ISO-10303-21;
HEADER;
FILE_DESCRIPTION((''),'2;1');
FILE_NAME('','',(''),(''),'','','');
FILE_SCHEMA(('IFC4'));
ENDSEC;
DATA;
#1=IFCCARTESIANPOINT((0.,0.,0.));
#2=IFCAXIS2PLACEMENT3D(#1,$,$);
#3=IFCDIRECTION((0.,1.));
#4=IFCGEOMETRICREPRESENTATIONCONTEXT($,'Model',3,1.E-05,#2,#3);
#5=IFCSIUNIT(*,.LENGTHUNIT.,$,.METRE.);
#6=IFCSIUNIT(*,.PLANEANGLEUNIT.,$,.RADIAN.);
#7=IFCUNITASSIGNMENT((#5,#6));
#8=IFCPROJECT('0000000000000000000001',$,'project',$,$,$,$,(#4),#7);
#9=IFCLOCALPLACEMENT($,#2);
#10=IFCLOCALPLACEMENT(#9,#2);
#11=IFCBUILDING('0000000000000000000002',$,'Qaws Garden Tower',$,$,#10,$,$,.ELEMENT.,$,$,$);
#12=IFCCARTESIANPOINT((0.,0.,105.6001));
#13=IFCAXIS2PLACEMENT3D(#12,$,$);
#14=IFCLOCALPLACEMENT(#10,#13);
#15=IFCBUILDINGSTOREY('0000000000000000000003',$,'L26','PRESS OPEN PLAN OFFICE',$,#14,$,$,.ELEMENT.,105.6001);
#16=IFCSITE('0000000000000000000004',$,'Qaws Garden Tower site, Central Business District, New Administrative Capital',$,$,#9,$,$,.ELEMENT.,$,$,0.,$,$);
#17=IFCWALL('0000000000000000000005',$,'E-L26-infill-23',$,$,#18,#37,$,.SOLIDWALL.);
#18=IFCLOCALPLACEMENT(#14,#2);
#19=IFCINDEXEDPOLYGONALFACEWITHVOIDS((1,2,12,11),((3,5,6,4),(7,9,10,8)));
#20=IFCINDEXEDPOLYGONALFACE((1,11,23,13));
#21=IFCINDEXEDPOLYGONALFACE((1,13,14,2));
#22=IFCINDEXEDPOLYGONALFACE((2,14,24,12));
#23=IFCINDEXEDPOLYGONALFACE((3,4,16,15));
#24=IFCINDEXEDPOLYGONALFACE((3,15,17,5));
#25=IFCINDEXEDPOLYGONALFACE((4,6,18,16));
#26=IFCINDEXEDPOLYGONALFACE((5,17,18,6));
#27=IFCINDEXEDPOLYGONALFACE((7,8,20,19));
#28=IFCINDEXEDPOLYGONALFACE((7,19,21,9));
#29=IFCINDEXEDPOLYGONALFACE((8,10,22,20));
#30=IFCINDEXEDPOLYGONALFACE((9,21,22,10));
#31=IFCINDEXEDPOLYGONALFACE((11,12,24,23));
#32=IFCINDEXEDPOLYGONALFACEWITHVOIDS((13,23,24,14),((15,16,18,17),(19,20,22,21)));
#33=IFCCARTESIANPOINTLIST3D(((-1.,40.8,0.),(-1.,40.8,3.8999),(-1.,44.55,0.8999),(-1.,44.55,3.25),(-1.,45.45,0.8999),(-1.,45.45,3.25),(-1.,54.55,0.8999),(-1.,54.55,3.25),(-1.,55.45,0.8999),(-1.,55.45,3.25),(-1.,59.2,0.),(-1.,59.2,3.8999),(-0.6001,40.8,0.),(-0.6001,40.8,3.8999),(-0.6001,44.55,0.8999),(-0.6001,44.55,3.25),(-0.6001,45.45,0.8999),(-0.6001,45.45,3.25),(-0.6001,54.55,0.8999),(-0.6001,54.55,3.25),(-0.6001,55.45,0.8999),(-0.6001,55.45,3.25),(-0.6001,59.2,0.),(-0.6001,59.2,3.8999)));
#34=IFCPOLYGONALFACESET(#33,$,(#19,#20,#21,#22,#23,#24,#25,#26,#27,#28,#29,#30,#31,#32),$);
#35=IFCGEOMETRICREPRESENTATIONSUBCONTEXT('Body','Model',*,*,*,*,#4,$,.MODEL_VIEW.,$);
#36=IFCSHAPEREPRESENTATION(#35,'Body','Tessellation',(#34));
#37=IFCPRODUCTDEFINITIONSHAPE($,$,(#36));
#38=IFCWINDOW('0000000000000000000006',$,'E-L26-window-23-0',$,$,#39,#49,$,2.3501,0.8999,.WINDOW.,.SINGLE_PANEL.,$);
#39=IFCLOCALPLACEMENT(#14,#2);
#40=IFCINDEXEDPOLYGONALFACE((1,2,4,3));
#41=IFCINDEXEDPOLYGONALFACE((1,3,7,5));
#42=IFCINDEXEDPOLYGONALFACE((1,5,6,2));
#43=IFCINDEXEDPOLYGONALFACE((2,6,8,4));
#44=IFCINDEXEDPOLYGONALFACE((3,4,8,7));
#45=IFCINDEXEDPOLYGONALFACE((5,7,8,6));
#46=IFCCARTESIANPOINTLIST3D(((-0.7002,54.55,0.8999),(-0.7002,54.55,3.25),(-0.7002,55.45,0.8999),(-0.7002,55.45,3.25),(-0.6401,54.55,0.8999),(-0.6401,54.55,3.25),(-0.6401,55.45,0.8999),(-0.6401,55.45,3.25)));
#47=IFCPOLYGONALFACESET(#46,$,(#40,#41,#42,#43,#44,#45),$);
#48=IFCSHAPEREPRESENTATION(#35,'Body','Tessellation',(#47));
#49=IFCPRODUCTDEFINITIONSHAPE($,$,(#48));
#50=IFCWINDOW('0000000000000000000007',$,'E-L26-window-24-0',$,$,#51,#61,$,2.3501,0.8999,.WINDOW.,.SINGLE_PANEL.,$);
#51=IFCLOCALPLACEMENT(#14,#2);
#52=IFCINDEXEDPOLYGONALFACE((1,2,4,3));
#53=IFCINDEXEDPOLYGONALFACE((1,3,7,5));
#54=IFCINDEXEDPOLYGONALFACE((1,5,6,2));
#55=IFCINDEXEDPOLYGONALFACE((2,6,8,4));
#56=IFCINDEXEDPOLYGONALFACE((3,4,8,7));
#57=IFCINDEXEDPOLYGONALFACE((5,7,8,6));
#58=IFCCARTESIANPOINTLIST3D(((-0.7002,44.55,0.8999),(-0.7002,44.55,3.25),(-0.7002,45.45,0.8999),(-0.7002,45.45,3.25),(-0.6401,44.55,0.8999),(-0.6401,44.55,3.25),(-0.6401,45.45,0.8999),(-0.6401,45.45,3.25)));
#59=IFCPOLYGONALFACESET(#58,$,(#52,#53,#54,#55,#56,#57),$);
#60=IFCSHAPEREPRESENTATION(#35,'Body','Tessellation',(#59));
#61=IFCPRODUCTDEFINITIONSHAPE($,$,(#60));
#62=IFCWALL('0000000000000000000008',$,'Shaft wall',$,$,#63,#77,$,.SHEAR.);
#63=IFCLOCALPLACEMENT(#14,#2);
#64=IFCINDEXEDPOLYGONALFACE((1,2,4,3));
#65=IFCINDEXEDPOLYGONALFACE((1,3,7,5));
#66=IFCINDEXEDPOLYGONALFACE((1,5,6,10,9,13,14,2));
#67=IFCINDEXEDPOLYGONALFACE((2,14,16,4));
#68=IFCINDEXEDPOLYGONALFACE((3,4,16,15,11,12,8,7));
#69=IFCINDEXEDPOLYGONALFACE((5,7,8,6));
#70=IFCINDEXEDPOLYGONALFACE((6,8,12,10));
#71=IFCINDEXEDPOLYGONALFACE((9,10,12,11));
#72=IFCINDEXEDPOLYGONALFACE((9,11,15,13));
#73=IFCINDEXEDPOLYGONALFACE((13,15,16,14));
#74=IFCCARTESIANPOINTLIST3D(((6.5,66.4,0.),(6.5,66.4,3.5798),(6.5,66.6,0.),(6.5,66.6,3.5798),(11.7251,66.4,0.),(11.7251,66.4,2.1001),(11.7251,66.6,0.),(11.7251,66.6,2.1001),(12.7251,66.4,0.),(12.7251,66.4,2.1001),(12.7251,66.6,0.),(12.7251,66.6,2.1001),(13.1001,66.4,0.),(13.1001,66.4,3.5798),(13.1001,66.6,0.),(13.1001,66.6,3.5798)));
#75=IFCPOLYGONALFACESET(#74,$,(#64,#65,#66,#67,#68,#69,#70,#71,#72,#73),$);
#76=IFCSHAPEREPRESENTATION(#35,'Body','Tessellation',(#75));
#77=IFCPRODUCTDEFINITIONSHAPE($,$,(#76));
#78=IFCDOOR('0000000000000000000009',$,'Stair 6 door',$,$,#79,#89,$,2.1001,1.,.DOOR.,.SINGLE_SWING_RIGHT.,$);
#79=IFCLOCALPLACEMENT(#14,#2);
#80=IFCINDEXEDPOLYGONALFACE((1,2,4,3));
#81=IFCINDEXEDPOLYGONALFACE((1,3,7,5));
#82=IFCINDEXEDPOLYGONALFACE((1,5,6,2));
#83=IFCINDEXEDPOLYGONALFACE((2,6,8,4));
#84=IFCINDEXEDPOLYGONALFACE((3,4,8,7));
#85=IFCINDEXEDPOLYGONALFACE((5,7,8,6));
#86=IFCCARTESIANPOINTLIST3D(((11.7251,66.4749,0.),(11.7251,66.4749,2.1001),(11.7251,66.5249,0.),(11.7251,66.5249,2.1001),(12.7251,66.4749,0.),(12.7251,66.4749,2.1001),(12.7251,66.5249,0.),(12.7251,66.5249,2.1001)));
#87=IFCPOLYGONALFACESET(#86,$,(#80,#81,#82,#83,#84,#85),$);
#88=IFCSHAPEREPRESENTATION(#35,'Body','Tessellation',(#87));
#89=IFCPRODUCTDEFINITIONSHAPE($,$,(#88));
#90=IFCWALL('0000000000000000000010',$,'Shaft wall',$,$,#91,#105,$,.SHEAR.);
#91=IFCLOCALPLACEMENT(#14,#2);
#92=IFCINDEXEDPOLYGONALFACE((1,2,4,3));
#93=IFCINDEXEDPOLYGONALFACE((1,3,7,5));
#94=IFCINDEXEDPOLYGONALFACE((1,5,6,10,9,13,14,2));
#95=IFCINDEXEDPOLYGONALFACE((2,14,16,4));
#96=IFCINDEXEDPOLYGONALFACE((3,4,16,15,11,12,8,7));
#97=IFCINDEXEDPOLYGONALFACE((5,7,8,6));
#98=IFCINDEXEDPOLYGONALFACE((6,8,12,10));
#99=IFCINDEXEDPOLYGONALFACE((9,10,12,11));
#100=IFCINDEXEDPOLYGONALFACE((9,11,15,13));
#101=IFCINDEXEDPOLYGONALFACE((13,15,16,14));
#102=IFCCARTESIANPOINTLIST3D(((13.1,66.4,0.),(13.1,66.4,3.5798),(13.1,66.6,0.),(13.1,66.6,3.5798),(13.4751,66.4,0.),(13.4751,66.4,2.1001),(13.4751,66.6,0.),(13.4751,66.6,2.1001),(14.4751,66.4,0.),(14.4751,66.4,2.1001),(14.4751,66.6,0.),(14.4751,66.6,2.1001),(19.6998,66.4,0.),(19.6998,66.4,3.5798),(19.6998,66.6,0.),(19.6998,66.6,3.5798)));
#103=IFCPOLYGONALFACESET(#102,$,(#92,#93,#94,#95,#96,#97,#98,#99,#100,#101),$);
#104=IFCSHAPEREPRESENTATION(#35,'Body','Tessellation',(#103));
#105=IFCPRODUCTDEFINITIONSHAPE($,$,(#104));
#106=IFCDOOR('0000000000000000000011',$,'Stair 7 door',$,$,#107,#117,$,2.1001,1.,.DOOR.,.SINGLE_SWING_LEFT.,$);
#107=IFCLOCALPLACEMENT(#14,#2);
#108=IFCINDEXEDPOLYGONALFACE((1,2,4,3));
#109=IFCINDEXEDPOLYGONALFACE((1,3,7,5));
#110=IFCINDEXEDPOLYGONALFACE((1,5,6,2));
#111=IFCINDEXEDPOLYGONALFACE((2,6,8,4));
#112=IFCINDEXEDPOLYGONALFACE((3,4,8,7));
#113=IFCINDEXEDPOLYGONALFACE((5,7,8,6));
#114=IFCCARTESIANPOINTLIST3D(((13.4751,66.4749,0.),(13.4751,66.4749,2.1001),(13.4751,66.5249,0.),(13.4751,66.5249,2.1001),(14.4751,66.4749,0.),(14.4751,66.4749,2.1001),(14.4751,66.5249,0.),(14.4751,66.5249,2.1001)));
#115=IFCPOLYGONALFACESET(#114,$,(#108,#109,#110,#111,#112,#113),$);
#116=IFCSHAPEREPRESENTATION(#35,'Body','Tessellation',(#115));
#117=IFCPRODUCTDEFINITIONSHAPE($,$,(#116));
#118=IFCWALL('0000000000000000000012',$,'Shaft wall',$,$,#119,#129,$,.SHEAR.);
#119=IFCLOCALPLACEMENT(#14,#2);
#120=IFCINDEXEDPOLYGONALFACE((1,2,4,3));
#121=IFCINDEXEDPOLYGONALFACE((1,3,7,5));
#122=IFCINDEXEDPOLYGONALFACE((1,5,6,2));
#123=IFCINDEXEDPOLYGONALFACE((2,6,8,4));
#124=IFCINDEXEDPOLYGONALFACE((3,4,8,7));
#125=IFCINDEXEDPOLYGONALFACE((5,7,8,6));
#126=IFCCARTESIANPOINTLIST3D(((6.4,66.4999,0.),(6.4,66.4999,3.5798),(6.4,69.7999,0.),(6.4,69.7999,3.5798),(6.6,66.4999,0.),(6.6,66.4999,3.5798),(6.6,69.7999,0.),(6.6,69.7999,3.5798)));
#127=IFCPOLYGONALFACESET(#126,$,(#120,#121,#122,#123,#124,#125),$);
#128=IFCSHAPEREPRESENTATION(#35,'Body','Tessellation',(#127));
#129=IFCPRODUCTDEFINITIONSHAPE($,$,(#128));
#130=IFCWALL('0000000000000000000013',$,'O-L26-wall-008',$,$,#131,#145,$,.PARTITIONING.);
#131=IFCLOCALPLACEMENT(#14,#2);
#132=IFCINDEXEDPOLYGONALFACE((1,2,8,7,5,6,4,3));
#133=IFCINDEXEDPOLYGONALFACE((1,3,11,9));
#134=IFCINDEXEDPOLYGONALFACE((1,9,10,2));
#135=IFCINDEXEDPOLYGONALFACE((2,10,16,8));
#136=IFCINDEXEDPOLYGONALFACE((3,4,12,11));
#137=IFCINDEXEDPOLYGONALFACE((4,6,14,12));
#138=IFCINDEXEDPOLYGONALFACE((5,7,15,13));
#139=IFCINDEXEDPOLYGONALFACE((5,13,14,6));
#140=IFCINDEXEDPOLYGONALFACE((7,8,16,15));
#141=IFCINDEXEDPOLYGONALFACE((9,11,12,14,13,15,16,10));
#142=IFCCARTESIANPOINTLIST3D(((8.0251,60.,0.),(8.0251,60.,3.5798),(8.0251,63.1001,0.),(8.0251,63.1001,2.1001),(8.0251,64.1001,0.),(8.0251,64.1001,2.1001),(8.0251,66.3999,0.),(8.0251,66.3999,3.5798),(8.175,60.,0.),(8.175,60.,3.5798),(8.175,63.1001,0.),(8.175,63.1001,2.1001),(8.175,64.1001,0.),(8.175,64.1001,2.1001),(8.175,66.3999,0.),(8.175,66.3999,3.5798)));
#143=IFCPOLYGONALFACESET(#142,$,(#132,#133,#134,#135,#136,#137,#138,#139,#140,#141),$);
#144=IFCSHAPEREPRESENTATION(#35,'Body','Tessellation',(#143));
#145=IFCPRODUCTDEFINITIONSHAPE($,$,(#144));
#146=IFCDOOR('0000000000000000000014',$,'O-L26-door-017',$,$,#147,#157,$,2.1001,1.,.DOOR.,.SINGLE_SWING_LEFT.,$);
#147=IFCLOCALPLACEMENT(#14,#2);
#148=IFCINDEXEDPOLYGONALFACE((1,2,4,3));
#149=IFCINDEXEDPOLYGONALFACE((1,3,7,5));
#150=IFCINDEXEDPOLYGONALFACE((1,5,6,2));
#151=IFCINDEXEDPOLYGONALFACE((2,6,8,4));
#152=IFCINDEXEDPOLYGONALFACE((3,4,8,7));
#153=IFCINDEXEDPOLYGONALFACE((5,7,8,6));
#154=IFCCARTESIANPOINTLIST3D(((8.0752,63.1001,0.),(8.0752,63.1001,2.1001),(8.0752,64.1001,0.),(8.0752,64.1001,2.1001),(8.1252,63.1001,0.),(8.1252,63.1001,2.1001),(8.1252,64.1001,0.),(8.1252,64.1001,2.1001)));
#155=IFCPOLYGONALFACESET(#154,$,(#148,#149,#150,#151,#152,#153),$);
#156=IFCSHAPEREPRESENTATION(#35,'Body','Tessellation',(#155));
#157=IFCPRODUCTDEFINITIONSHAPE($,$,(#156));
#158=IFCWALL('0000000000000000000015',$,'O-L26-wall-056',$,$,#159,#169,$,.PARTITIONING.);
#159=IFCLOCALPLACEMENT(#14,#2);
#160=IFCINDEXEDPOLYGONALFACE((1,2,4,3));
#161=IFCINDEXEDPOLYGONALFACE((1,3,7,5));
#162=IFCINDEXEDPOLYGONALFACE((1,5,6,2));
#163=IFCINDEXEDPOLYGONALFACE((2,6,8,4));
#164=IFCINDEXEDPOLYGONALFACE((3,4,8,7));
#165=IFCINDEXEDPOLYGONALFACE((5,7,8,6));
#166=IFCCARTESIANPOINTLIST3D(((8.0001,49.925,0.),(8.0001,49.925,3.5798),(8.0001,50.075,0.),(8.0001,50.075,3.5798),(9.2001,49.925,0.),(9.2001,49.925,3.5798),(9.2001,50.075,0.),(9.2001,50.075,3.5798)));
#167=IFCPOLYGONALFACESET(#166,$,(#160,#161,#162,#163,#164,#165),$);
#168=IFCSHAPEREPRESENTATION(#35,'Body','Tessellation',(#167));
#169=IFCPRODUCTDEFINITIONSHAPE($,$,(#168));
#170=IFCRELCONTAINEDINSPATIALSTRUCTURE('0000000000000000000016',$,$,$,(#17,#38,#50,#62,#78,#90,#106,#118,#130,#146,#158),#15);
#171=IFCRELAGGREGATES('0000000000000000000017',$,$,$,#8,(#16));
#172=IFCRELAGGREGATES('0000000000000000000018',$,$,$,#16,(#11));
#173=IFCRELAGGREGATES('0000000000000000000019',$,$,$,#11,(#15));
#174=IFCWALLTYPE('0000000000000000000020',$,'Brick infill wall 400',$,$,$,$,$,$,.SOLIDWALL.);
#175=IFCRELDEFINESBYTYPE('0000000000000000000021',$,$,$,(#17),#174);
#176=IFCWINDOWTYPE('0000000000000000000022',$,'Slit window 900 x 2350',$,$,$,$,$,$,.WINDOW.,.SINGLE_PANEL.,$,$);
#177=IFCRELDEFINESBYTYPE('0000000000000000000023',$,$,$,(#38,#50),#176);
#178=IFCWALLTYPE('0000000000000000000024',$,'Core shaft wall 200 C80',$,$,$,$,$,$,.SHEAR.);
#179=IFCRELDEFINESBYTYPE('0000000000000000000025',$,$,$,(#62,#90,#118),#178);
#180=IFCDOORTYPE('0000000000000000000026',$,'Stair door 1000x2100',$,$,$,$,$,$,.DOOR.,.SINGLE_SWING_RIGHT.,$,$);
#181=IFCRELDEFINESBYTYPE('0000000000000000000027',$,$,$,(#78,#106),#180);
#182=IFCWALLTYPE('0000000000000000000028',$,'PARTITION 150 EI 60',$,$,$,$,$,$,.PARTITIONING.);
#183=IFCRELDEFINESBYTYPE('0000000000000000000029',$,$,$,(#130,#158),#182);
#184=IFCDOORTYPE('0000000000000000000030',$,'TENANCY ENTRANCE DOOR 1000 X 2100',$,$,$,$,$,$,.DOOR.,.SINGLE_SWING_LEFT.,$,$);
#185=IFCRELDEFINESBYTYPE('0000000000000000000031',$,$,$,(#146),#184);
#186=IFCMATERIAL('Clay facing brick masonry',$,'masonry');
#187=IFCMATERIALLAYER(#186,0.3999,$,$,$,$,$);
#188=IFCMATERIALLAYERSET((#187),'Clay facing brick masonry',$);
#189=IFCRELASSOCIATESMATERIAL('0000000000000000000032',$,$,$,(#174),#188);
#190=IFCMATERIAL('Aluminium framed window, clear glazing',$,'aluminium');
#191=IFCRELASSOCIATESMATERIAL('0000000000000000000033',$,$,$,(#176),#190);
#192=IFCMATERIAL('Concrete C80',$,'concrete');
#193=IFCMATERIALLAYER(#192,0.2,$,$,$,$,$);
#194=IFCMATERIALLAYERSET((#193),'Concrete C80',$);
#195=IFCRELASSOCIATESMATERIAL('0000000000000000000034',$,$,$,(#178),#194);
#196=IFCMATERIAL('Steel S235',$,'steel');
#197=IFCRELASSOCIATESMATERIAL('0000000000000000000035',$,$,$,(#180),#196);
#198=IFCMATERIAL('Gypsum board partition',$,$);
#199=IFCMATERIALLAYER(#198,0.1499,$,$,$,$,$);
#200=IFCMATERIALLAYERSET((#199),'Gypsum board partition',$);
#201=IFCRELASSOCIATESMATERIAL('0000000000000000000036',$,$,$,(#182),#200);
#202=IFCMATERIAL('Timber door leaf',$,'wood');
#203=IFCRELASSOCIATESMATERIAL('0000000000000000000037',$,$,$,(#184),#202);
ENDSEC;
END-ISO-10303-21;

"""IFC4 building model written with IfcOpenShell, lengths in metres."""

from ifc_helpers import new_model, si_unit, direction, frame, frame_2d, origin, place, context, subcontext, project, spatial, rectangle, extrude, material, layer, layer_set, type_object, element, fill, save


model = new_model("IFC4")

# Units and contexts
model_context = context("Model", 3, precision=1e-05, world=origin(), true_north=direction((0.0, 1.0)))
body_context = subcontext(model_context, "Body", "Model", "MODEL_VIEW")
ifc_project = project(units=[si_unit("LENGTHUNIT", "METRE"), si_unit("PLANEANGLEUNIT", "RADIAN")], contexts=[model_context])

# Site, building, storey
site_placement = place(None, origin())
site = spatial("IfcSite", under=ifc_project, at=site_placement, Name="Qaws Garden Tower site, Central Business District, New Administrative Capital", CompositionType="ELEMENT", RefElevation=0.0)
building_placement = place(site_placement, origin())
building = spatial("IfcBuilding", under=site, at=building_placement, Name="Qaws Garden Tower", CompositionType="ELEMENT")
storey_placement = place(building_placement, frame((0.0, 0.0, 105.6001)))
storey = spatial("IfcBuildingStorey", under=building, at=storey_placement, Name="L26", Description="PRESS OPEN PLAN OFFICE", CompositionType="ELEMENT", Elevation=105.6001)

# Shared definitions
ifc_material_1 = material(Name="Clay facing brick masonry", Category="masonry")
ifc_layer_1 = layer(ifc_material_1, 0.3999)
ifc_layer_set_1 = layer_set([ifc_layer_1], Name="Clay facing brick masonry")
wall_type_1 = type_object("IfcWallType", Name="Brick infill wall 400", PredefinedType="SOLIDWALL", material=ifc_layer_set_1)

# Wall, openings, windows
wall_1_placement = place(storey_placement, frame((-0.8, 59.2, 0.0), z_axis=(0.0, 0.0, 1.0), x_axis=(0.0, -1.0, 0.0)))
wall_1 = element("IfcWall", 1, at=wall_1_placement, inside=storey, type_object=wall_type_1, Name="E-L26-infill-23", PredefinedType="SOLIDWALL", context=body_context, shape_type="SweptSolid", body=[
    extrude(rectangle(XDim=18.3999, YDim=0.3999, at=frame_2d((9.2, 0.0))), origin(), (0.0, 0.0, 1.0), 3.8999),
])
opening_1_placement = place(wall_1_placement, frame((3.75, 0.0, 0.8999)))
opening_1 = element("IfcOpeningElement", 2, at=opening_1_placement, cuts=wall_1, PredefinedType="OPENING", context=body_context, shape_type="SweptSolid", body=[
    extrude(rectangle(XDim=0.8999, YDim=2.3501, at=frame_2d((0.45, 1.175))), frame((0.0, 0.21, 0.0), z_axis=(0.0, -1.0, 0.0), x_axis=(1.0, 0.0, 0.0)), (0.0, 0.0, 1.0), 0.4199),
])
opening_2_placement = place(wall_1_placement, frame((13.75, 0.0, 0.8999)))
opening_2 = element("IfcOpeningElement", 3, at=opening_2_placement, cuts=wall_1, PredefinedType="OPENING", context=body_context, shape_type="SweptSolid", body=[
    extrude(rectangle(XDim=0.8999, YDim=2.3501, at=frame_2d((0.45, 1.175))), frame((0.0, 0.21, 0.0), z_axis=(0.0, -1.0, 0.0), x_axis=(1.0, 0.0, 0.0)), (0.0, 0.0, 1.0), 0.4199),
])
ifc_material_2 = material(Name="Aluminium framed window, clear glazing", Category="aluminium")
window_type_1 = type_object("IfcWindowType", Name="Slit window 900 x 2350", PartitioningType="SINGLE_PANEL", PredefinedType="WINDOW", material=ifc_material_2)
window_1_placement = place(opening_1_placement, origin())
window_1 = element("IfcWindow", 4, at=window_1_placement, inside=storey, type_object=window_type_1, Name="E-L26-window-23-0", OverallHeight=2.3501, OverallWidth=0.8999, PartitioningType="SINGLE_PANEL", PredefinedType="WINDOW", context=body_context, shape_type="SweptSolid", body=[
    extrude(rectangle(XDim=0.8999, YDim=2.3501, at=frame_2d((0.45, 1.175))), frame((0.0, 0.1599, 0.0), z_axis=(0.0, -1.0, 0.0), x_axis=(1.0, 0.0, 0.0)), (0.0, 0.0, 1.0), 0.0601),
])
fill(opening_1, window_1)
window_2_placement = place(opening_2_placement, origin())
window_2 = element("IfcWindow", 5, at=window_2_placement, inside=storey, type_object=window_type_1, Name="E-L26-window-24-0", OverallHeight=2.3501, OverallWidth=0.8999, PartitioningType="SINGLE_PANEL", PredefinedType="WINDOW", context=body_context, shape_type="SweptSolid", body=[
    extrude(rectangle(XDim=0.8999, YDim=2.3501, at=frame_2d((0.45, 1.175))), frame((0.0, 0.1599, 0.0), z_axis=(0.0, -1.0, 0.0), x_axis=(1.0, 0.0, 0.0)), (0.0, 0.0, 1.0), 0.0601),
])
fill(opening_2, window_2)

# Walls, openings, doors
ifc_material_3 = material(Name="Concrete C80", Category="concrete")
ifc_layer_2 = layer(ifc_material_3, 0.2)
ifc_layer_set_2 = layer_set([ifc_layer_2], Name="Concrete C80")
wall_type_2 = type_object("IfcWallType", Name="Core shaft wall 200 C80", PredefinedType="SHEAR", material=ifc_layer_set_2)
wall_2_placement = place(storey_placement, frame((6.5, 66.5, 0.0), z_axis=(0.0, 0.0, 1.0), x_axis=(1.0, 0.0, 0.0)))
wall_2 = element("IfcWall", 6, at=wall_2_placement, inside=storey, type_object=wall_type_2, Name="Shaft wall", PredefinedType="SHEAR", context=body_context, shape_type="SweptSolid", body=[
    extrude(rectangle(XDim=6.6001, YDim=0.2, at=frame_2d((3.3, 0.0))), origin(), (0.0, 0.0, 1.0), 3.5798),
])
opening_3_placement = place(wall_2_placement, frame((5.2251, 0.0, 0.0)))
opening_3 = element("IfcOpeningElement", 7, at=opening_3_placement, cuts=wall_2, PredefinedType="OPENING", context=body_context, shape_type="SweptSolid", body=[
    extrude(rectangle(XDim=1.0, YDim=2.1001, at=frame_2d((0.5, 1.05))), frame((0.0, 0.1099, 0.0), z_axis=(0.0, -1.0, 0.0), x_axis=(1.0, 0.0, 0.0)), (0.0, 0.0, 1.0), 0.22),
])
ifc_material_4 = material(Name="Steel S235", Category="steel")
door_type_1 = type_object("IfcDoorType", Name="Stair door 1000x2100", OperationType="SINGLE_SWING_RIGHT", PredefinedType="DOOR", material=ifc_material_4)
door_1_placement = place(opening_3_placement, origin())
door_1 = element("IfcDoor", 8, at=door_1_placement, inside=storey, type_object=door_type_1, Name="Stair 6 door", OperationType="SINGLE_SWING_RIGHT", OverallHeight=2.1001, OverallWidth=1.0, PredefinedType="DOOR", context=body_context, shape_type="SweptSolid", body=[
    extrude(rectangle(XDim=1.0, YDim=2.1001, at=frame_2d((0.5, 1.05))), frame((0.0, 0.0249, 0.0), z_axis=(0.0, -1.0, 0.0), x_axis=(1.0, 0.0, 0.0)), (0.0, 0.0, 1.0), 0.05),
])
fill(opening_3, door_1)
wall_3_placement = place(storey_placement, frame((13.1001, 66.5, 0.0), z_axis=(0.0, 0.0, 1.0), x_axis=(1.0, 0.0, 0.0)))
wall_3 = element("IfcWall", 9, at=wall_3_placement, inside=storey, type_object=wall_type_2, Name="Shaft wall", PredefinedType="SHEAR", context=body_context, shape_type="SweptSolid", body=[
    extrude(rectangle(XDim=6.5999, YDim=0.2, at=frame_2d((3.2998, 0.0))), origin(), (0.0, 0.0, 1.0), 3.5798),
])
opening_4_placement = place(wall_3_placement, frame((0.375, 0.0, 0.0)))
opening_4 = element("IfcOpeningElement", 10, at=opening_4_placement, cuts=wall_3, PredefinedType="OPENING", context=body_context, shape_type="SweptSolid", body=[
    extrude(rectangle(XDim=1.0, YDim=2.1001, at=frame_2d((0.5, 1.05))), frame((0.0, 0.1099, 0.0), z_axis=(0.0, -1.0, 0.0), x_axis=(1.0, 0.0, 0.0)), (0.0, 0.0, 1.0), 0.22),
])
door_2_placement = place(opening_4_placement, origin())
door_2 = element("IfcDoor", 11, at=door_2_placement, inside=storey, type_object=door_type_1, Name="Stair 7 door", OperationType="SINGLE_SWING_LEFT", OverallHeight=2.1001, OverallWidth=1.0, PredefinedType="DOOR", context=body_context, shape_type="SweptSolid", body=[
    extrude(rectangle(XDim=1.0, YDim=2.1001, at=frame_2d((0.5, 1.05))), frame((0.0, 0.0249, 0.0), z_axis=(0.0, -1.0, 0.0), x_axis=(1.0, 0.0, 0.0)), (0.0, 0.0, 1.0), 0.05),
])
fill(opening_4, door_2)

# Wall
wall_4_placement = place(storey_placement, frame((6.5, 66.5, 0.0), z_axis=(0.0, 0.0, 1.0), x_axis=(0.0, 1.0, 0.0)))
element("IfcWall", 12, at=wall_4_placement, inside=storey, type_object=wall_type_2, Name="Shaft wall", PredefinedType="SHEAR", context=body_context, shape_type="SweptSolid", body=[
    extrude(rectangle(XDim=3.3, YDim=0.2, at=frame_2d((1.6499, 0.0))), origin(), (0.0, 0.0, 1.0), 3.5798),
])

# Wall, opening, door
ifc_material_5 = material(Name="Gypsum board partition")
ifc_layer_3 = layer(ifc_material_5, 0.1499)
ifc_layer_set_3 = layer_set([ifc_layer_3], Name="Gypsum board partition")
wall_type_3 = type_object("IfcWallType", Name="PARTITION 150 EI 60", PredefinedType="PARTITIONING", material=ifc_layer_set_3)
wall_5_placement = place(storey_placement, frame((8.1001, 60.0, 0.0), z_axis=(0.0, 0.0, 1.0), x_axis=(0.0, 1.0, 0.0)))
wall_5 = element("IfcWall", 13, at=wall_5_placement, inside=storey, type_object=wall_type_3, Name="O-L26-wall-008", PredefinedType="PARTITIONING", context=body_context, shape_type="SweptSolid", body=[
    extrude(rectangle(XDim=6.3999, YDim=0.1499, at=frame_2d((3.2, 0.0))), origin(), (0.0, 0.0, 1.0), 3.5798),
])
opening_5_placement = place(wall_5_placement, frame((3.1001, 0.0, 0.0)))
opening_5 = element("IfcOpeningElement", 14, at=opening_5_placement, cuts=wall_5, PredefinedType="OPENING", context=body_context, shape_type="SweptSolid", body=[
    extrude(rectangle(XDim=1.0, YDim=2.1001, at=frame_2d((0.5, 1.05))), frame((0.0, 0.085, 0.0), z_axis=(0.0, -1.0, 0.0), x_axis=(1.0, 0.0, 0.0)), (0.0, 0.0, 1.0), 0.1699),
])
ifc_material_6 = material(Name="Timber door leaf", Category="wood")
door_type_2 = type_object("IfcDoorType", Name="TENANCY ENTRANCE DOOR 1000 X 2100", OperationType="SINGLE_SWING_LEFT", PredefinedType="DOOR", material=ifc_material_6)
door_3_placement = place(opening_5_placement, origin())
door_3 = element("IfcDoor", 15, at=door_3_placement, inside=storey, type_object=door_type_2, Name="O-L26-door-017", OperationType="SINGLE_SWING_LEFT", OverallHeight=2.1001, OverallWidth=1.0, PredefinedType="DOOR", context=body_context, shape_type="SweptSolid", body=[
    extrude(rectangle(XDim=1.0, YDim=2.1001, at=frame_2d((0.5, 1.05))), frame((0.0, 0.0249, 0.0), z_axis=(0.0, -1.0, 0.0), x_axis=(1.0, 0.0, 0.0)), (0.0, 0.0, 1.0), 0.05),
])
fill(opening_5, door_3)

# Wall
wall_6_placement = place(storey_placement, frame((8.0, 50.0, 0.0), z_axis=(0.0, 0.0, 1.0), x_axis=(1.0, 0.0, 0.0)))
element("IfcWall", 16, at=wall_6_placement, inside=storey, type_object=wall_type_3, Name="O-L26-wall-056", PredefinedType="PARTITIONING", context=body_context, shape_type="SweptSolid", body=[
    extrude(rectangle(XDim=1.2, YDim=0.1499, at=frame_2d((0.6001, 0.0))), origin(), (0.0, 0.0, 1.0), 3.5798),
])

save(model, "model.ifc")
